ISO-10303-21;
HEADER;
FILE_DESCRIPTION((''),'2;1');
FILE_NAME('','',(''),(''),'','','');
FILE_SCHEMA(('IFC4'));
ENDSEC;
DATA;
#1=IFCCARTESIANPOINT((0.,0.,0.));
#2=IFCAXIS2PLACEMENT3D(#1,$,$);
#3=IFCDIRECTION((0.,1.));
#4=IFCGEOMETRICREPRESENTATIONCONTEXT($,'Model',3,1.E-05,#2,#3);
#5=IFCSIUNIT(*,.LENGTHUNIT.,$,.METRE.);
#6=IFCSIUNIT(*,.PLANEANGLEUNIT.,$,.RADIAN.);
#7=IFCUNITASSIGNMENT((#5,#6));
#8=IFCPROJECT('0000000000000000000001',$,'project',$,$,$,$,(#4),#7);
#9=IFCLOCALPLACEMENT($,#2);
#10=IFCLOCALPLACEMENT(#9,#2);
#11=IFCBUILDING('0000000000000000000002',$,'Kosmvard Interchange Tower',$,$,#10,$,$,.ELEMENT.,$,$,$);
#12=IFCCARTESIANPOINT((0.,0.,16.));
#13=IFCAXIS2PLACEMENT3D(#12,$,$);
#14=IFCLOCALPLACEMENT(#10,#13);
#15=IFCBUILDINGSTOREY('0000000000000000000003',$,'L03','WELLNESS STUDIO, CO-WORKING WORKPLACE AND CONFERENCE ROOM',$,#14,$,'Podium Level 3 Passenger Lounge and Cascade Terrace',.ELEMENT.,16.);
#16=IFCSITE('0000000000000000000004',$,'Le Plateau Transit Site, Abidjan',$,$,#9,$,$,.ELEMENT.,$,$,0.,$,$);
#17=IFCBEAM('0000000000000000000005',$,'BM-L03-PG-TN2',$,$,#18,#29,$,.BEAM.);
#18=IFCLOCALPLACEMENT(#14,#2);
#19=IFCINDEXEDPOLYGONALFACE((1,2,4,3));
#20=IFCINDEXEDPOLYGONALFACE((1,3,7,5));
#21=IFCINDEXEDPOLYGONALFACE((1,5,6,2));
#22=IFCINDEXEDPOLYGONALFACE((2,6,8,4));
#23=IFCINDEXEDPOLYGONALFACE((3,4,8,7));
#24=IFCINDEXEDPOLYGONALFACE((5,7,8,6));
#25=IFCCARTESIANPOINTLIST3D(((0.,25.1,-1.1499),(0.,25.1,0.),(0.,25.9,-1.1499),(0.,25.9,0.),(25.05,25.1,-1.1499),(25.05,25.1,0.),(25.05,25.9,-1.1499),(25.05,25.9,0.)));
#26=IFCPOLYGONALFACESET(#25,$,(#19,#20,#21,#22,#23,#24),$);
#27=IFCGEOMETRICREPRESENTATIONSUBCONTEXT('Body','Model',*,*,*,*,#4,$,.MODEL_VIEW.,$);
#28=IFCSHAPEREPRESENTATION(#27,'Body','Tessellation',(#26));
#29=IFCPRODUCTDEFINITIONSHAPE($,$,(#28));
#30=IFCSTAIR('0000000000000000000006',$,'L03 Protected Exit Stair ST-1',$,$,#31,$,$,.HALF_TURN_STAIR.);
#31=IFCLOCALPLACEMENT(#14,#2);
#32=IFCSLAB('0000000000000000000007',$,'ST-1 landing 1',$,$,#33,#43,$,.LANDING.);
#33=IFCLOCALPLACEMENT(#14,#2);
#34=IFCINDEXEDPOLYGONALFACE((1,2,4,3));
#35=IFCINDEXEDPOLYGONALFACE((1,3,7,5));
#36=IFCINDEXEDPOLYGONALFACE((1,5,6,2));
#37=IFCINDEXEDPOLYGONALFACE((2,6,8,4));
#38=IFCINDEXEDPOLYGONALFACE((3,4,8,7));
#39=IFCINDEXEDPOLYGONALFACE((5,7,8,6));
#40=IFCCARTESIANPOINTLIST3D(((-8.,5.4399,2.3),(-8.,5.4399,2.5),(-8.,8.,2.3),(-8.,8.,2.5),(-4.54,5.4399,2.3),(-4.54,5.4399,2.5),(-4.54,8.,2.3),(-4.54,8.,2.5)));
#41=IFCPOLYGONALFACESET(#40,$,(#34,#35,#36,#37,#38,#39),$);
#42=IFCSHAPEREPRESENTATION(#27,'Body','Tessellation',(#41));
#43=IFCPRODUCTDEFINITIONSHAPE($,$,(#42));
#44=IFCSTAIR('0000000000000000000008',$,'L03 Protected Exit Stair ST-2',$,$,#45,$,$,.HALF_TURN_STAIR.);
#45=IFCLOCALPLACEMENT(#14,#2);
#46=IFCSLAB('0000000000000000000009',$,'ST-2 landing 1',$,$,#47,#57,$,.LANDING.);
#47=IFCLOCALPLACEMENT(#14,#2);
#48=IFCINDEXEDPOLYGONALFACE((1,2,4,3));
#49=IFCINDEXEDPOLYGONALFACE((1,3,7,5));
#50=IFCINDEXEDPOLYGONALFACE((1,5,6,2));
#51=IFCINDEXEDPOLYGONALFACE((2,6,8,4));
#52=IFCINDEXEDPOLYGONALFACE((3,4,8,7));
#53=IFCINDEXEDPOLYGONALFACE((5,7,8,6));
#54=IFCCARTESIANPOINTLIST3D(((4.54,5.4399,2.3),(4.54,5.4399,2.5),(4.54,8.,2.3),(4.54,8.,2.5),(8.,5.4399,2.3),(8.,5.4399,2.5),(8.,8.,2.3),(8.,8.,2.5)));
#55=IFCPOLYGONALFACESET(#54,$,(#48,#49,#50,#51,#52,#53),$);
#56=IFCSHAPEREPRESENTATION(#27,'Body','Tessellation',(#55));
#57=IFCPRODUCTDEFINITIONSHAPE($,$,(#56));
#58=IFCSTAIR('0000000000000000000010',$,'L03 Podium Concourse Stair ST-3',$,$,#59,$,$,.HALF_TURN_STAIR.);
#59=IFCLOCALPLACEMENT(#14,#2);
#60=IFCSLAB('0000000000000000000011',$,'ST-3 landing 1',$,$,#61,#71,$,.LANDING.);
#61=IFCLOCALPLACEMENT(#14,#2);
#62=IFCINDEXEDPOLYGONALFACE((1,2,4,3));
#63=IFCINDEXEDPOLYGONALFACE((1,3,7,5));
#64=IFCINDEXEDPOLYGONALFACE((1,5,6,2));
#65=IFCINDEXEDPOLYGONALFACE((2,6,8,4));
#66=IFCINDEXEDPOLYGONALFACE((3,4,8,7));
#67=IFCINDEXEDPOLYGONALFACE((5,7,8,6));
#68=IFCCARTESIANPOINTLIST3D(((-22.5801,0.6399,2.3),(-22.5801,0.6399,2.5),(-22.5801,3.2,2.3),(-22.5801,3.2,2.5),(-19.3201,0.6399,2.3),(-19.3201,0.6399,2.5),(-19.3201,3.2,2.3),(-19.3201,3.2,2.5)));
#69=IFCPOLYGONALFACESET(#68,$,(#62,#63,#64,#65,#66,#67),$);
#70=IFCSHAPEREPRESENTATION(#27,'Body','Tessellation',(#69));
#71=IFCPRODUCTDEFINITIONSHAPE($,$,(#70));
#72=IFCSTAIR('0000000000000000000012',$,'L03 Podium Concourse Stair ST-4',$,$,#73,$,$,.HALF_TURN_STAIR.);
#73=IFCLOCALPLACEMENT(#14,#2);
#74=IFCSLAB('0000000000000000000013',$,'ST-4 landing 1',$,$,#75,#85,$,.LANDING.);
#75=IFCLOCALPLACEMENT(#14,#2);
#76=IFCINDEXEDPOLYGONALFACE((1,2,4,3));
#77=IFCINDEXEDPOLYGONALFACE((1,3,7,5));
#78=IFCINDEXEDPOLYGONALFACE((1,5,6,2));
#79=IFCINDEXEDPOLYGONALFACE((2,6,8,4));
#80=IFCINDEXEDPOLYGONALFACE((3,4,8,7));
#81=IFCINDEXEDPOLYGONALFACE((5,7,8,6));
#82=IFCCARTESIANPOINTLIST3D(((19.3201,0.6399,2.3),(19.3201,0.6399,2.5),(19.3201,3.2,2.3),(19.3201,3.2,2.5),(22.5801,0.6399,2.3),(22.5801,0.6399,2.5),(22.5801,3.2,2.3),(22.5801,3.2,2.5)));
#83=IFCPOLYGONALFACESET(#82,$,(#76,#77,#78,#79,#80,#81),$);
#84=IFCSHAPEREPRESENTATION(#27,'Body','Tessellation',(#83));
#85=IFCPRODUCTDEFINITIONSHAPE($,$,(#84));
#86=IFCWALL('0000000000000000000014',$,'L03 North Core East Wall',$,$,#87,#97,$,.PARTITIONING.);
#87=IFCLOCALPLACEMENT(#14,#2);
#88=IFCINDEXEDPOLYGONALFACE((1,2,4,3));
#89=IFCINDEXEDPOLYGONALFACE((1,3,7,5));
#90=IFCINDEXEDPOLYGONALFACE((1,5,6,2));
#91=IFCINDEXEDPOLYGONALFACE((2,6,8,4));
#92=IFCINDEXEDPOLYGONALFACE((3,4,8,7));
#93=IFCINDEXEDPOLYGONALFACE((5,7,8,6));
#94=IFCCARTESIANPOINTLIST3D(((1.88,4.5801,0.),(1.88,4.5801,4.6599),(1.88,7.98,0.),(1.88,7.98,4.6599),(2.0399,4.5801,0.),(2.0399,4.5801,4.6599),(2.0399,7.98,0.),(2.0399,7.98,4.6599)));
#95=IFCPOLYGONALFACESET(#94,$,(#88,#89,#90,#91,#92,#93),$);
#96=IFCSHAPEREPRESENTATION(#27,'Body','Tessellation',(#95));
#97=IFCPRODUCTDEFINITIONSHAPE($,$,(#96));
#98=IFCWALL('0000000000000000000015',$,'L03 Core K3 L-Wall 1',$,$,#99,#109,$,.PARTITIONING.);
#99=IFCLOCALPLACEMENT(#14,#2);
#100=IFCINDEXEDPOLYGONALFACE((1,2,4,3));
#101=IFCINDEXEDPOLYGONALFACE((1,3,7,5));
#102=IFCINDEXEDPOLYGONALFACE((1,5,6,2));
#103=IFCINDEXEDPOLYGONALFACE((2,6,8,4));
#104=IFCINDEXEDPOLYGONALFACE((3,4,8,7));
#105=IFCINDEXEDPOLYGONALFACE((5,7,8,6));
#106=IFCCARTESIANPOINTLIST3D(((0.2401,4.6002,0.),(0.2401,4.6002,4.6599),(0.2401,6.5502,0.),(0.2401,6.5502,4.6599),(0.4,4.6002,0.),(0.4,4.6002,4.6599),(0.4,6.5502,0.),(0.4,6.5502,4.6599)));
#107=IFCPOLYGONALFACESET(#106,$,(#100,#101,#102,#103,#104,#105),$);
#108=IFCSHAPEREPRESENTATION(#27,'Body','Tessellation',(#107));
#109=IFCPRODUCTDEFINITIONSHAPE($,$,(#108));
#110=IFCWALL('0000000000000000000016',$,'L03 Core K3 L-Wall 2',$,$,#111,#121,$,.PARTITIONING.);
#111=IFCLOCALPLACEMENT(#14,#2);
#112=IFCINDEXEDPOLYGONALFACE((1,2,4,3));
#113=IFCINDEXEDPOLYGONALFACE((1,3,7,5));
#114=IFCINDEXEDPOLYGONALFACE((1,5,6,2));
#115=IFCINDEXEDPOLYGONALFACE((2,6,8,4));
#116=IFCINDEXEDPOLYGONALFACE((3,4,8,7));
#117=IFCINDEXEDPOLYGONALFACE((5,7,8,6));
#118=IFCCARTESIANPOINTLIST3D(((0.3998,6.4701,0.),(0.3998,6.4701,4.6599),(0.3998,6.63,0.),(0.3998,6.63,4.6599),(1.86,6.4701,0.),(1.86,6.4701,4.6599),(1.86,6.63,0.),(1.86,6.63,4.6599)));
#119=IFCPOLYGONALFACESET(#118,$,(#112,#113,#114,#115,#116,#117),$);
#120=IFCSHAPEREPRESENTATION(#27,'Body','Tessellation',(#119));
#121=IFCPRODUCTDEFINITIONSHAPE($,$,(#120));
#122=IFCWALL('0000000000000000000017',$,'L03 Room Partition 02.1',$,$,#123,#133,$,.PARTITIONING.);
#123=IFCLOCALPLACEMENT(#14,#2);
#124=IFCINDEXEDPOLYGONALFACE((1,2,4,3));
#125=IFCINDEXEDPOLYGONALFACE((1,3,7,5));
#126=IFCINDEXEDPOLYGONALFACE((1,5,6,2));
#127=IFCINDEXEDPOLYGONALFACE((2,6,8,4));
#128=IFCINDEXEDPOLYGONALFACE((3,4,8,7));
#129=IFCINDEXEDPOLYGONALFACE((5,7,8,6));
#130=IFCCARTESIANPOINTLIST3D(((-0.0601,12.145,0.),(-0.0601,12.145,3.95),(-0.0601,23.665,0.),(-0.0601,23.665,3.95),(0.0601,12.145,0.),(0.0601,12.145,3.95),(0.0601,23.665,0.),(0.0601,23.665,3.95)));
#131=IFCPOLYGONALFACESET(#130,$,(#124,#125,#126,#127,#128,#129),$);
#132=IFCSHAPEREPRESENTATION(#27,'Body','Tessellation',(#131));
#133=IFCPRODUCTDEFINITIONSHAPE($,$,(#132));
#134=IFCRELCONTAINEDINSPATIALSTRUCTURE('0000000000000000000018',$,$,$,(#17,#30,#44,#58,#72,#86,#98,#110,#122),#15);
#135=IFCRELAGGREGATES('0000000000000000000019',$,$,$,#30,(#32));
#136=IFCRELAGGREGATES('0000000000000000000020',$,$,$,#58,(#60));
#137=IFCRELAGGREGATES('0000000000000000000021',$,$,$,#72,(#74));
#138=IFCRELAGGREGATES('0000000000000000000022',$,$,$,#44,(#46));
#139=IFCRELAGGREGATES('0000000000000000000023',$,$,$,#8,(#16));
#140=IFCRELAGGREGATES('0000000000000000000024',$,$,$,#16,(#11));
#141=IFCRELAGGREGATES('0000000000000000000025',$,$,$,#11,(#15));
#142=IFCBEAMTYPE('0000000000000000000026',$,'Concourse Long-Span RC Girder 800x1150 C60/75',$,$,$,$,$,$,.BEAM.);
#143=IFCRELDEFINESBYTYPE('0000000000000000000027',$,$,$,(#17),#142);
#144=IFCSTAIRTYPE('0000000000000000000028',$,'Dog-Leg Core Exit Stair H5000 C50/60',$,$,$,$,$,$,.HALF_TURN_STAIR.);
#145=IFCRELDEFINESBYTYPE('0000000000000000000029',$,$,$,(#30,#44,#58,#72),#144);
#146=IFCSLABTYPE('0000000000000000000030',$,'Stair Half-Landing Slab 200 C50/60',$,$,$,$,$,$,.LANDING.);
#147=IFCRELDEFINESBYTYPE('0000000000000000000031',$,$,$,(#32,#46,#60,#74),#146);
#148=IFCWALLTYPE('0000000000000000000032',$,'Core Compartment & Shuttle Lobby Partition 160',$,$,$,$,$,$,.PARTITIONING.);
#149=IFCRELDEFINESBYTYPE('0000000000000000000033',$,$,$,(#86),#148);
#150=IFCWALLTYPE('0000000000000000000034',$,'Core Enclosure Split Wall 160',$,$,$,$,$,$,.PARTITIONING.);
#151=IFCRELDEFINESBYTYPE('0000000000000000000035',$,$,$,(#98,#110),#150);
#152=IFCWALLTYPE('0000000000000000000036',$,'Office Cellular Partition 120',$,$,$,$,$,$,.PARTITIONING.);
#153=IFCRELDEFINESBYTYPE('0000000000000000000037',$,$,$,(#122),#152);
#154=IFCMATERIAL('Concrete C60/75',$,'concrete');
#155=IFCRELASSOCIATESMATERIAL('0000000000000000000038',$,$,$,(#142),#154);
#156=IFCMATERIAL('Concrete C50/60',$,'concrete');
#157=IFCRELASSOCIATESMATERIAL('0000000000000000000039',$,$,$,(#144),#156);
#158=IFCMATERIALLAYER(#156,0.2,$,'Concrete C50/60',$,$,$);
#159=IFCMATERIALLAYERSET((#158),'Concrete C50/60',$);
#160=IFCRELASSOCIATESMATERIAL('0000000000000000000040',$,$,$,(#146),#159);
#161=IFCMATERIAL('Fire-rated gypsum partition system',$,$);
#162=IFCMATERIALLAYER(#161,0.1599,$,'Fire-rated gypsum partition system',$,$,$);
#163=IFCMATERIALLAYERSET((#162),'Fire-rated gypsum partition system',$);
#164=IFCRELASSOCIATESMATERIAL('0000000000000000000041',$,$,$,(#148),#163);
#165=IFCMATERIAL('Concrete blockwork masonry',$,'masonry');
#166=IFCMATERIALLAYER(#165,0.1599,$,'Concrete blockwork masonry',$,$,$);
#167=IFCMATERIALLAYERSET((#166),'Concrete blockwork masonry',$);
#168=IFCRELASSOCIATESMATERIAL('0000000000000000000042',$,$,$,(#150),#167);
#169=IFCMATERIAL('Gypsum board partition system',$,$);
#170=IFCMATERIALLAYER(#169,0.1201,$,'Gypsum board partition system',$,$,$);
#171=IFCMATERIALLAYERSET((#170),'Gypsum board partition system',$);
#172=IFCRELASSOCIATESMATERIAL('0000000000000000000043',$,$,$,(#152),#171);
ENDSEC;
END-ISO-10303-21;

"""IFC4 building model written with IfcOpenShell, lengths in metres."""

from ifc_helpers import new_model, si_unit, direction, frame, frame_2d, origin, origin_2d, place, context, subcontext, project, spatial, polyline, rectangle, outline, extrude, source, transform, mapped, material, layer, layer_set, material_profile, profile_set, type_object, element, aggregate, save


model = new_model("IFC4")

# Units and contexts
model_context = context("Model", 3, precision=1e-05, world=origin(), true_north=direction((0.0, 1.0)))
body_context = subcontext(model_context, "Body", "Model", "MODEL_VIEW")
ifc_project = project(units=[si_unit("LENGTHUNIT", "METRE"), si_unit("PLANEANGLEUNIT", "RADIAN")], contexts=[model_context])

# Site, building, storey
site_placement = place(None, origin())
site = spatial("IfcSite", under=ifc_project, at=site_placement, Name="Le Plateau Transit Site, Abidjan", CompositionType="ELEMENT", RefElevation=0.0)
building_placement = place(site_placement, origin())
building = spatial("IfcBuilding", under=site, at=building_placement, Name="Kosmvard Interchange Tower", CompositionType="ELEMENT")
storey_placement = place(building_placement, frame((0.0, 0.0, 16.0)))
storey = spatial("IfcBuildingStorey", under=building, at=storey_placement, Name="L03", Description="WELLNESS STUDIO, CO-WORKING WORKPLACE AND CONFERENCE ROOM", LongName="Podium Level 3 Passenger Lounge and Cascade Terrace", CompositionType="ELEMENT", Elevation=16.0)

# Shared definitions
ifc_material_1 = material(Name="Concrete C60/75", Category="concrete")

# Beam
ifc_material_profile_1 = material_profile(ifc_material_1, rectangle(XDim=0.8, YDim=1.1499, at=origin_2d()), Name="RCG 800x1150")
ifc_profile_set_1 = profile_set([ifc_material_profile_1], Name="Concrete C60/75")
beam_type_1 = type_object("IfcBeamType", Name="Concourse Long-Span RC Girder 800x1150 C60/75", PredefinedType="BEAM", material=ifc_profile_set_1)
shared_shape_1 = source(origin(), body_context, "Body", "SweptSolid", [
    extrude(rectangle(XDim=0.8, YDim=1.1499, at=origin_2d()), origin(), (0.0, 0.0, 1.0), 25.05),
])
beam_1_placement = place(storey_placement, frame((0.0, 25.5, -0.575), z_axis=(1.0, 0.0, 0.0), x_axis=(0.0, 1.0, 0.0)))
element("IfcBeam", 1, at=beam_1_placement, inside=storey, type_object=beam_type_1, Name="BM-L03-PG-TN2", PredefinedType="BEAM", context=body_context, shape_type="MappedRepresentation", body=[
    mapped(shared_shape_1, transform((0.0, 0.0, 0.0), scale=1.0)),
])

# Stairs, slabs
ifc_material_2 = material(Name="Concrete C50/60", Category="concrete")
stair_type = type_object("IfcStairType", Name="Dog-Leg Core Exit Stair H5000 C50/60", PredefinedType="HALF_TURN_STAIR", material=ifc_material_2)
stair_1_placement = place(storey_placement, origin())
stair_1 = element("IfcStair", 2, at=stair_1_placement, inside=storey, type_object=stair_type, Name="L03 Protected Exit Stair ST-1", PredefinedType="HALF_TURN_STAIR")
ifc_layer_1 = layer(ifc_material_2, 0.2, Name="Concrete C50/60")
ifc_layer_set_1 = layer_set([ifc_layer_1], Name="Concrete C50/60")
slab_type = type_object("IfcSlabType", Name="Stair Half-Landing Slab 200 C50/60", PredefinedType="LANDING", material=ifc_layer_set_1)
slab_1_placement = place(storey_placement, frame((0.0, 0.0, 2.3)))
slab_1 = element("IfcSlab", 3, at=slab_1_placement, type_object=slab_type, Name="ST-1 landing 1", PredefinedType="LANDING", context=body_context, shape_type="SweptSolid", body=[
    extrude(outline(polyline([(-4.54, 5.4399), (-4.54, 8.0), (-8.0, 8.0), (-8.0, 5.4399), (-4.54, 5.4399)])), origin(), (0.0, 0.0, 1.0), 0.2),
])
aggregate(stair_1, [slab_1])
stair_2_placement = place(storey_placement, origin())
stair_2 = element("IfcStair", 4, at=stair_2_placement, inside=storey, type_object=stair_type, Name="L03 Protected Exit Stair ST-2", PredefinedType="HALF_TURN_STAIR")
slab_2_placement = place(storey_placement, frame((0.0, 0.0, 2.3)))
slab_2 = element("IfcSlab", 5, at=slab_2_placement, type_object=slab_type, Name="ST-2 landing 1", PredefinedType="LANDING", context=body_context, shape_type="SweptSolid", body=[
    extrude(outline(polyline([(8.0, 5.4399), (8.0, 8.0), (4.54, 8.0), (4.54, 5.4399), (8.0, 5.4399)])), origin(), (0.0, 0.0, 1.0), 0.2),
])
stair_3_placement = place(storey_placement, origin())
stair_3 = element("IfcStair", 6, at=stair_3_placement, inside=storey, type_object=stair_type, Name="L03 Podium Concourse Stair ST-3", PredefinedType="HALF_TURN_STAIR")
slab_3_placement = place(storey_placement, frame((0.0, 0.0, 2.3)))
slab_3 = element("IfcSlab", 7, at=slab_3_placement, type_object=slab_type, Name="ST-3 landing 1", PredefinedType="LANDING", context=body_context, shape_type="SweptSolid", body=[
    extrude(outline(polyline([(-19.3201, 0.6399), (-19.3201, 3.2), (-22.5801, 3.2), (-22.5801, 0.6399), (-19.3201, 0.6399)])), origin(), (0.0, 0.0, 1.0), 0.2),
])
aggregate(stair_3, [slab_3])
stair_4_placement = place(storey_placement, origin())
stair_4 = element("IfcStair", 8, at=stair_4_placement, inside=storey, type_object=stair_type, Name="L03 Podium Concourse Stair ST-4", PredefinedType="HALF_TURN_STAIR")
slab_4_placement = place(storey_placement, frame((0.0, 0.0, 2.3)))
slab_4 = element("IfcSlab", 9, at=slab_4_placement, type_object=slab_type, Name="ST-4 landing 1", PredefinedType="LANDING", context=body_context, shape_type="SweptSolid", body=[
    extrude(outline(polyline([(22.5801, 0.6399), (22.5801, 3.2), (19.3201, 3.2), (19.3201, 0.6399), (22.5801, 0.6399)])), origin(), (0.0, 0.0, 1.0), 0.2),
])
aggregate(stair_4, [slab_4])

# Walls
ifc_material_3 = material(Name="Fire-rated gypsum partition system")
ifc_layer_2 = layer(ifc_material_3, 0.1599, Name="Fire-rated gypsum partition system")
ifc_layer_set_2 = layer_set([ifc_layer_2], Name="Fire-rated gypsum partition system")
wall_type_1 = type_object("IfcWallType", Name="Core Compartment & Shuttle Lobby Partition 160", PredefinedType="PARTITIONING", material=ifc_layer_set_2)
wall_1_placement = place(storey_placement, frame((1.96, 4.5801, 0.0), z_axis=(0.0, 0.0, 1.0), x_axis=(0.0, 1.0, 0.0)))
element("IfcWall", 10, at=wall_1_placement, inside=storey, type_object=wall_type_1, Name="L03 North Core East Wall", PredefinedType="PARTITIONING", context=body_context, shape_type="SweptSolid", body=[
    extrude(rectangle(XDim=3.3999, YDim=0.1599, at=frame_2d((1.7, 0.0))), origin(), (0.0, 0.0, 1.0), 4.6599),
])
ifc_material_4 = material(Name="Concrete blockwork masonry", Category="masonry")
ifc_layer_3 = layer(ifc_material_4, 0.1599, Name="Concrete blockwork masonry")
ifc_layer_set_3 = layer_set([ifc_layer_3], Name="Concrete blockwork masonry")
wall_type_2 = type_object("IfcWallType", Name="Core Enclosure Split Wall 160", PredefinedType="PARTITIONING", material=ifc_layer_set_3)
wall_2_placement = place(storey_placement, frame((0.3201, 4.6001, 0.0), z_axis=(0.0, 0.0, 1.0), x_axis=(0.0, 1.0, 0.0)))
element("IfcWall", 11, at=wall_2_placement, inside=storey, type_object=wall_type_2, Name="L03 Core K3 L-Wall 1", PredefinedType="PARTITIONING", context=body_context, shape_type="SweptSolid", body=[
    extrude(rectangle(XDim=1.95, YDim=0.1599, at=frame_2d((0.9751, 0.0))), origin(), (0.0, 0.0, 1.0), 4.6599),
])
wall_3_placement = place(storey_placement, frame((0.3999, 6.55, 0.0), z_axis=(0.0, 0.0, 1.0), x_axis=(1.0, 0.0, 0.0)))
element("IfcWall", 12, at=wall_3_placement, inside=storey, type_object=wall_type_2, Name="L03 Core K3 L-Wall 2", PredefinedType="PARTITIONING", context=body_context, shape_type="SweptSolid", body=[
    extrude(rectangle(XDim=1.4602, YDim=0.1599, at=frame_2d((0.73, 0.0))), origin(), (0.0, 0.0, 1.0), 4.6599),
])
ifc_material_5 = material(Name="Gypsum board partition system")
ifc_layer_4 = layer(ifc_material_5, 0.1201, Name="Gypsum board partition system")
ifc_layer_set_4 = layer_set([ifc_layer_4], Name="Gypsum board partition system")
wall_type_3 = type_object("IfcWallType", Name="Office Cellular Partition 120", PredefinedType="PARTITIONING", material=ifc_layer_set_4)
wall_4_placement = place(storey_placement, frame((0.0, 12.145, 0.0), z_axis=(0.0, 0.0, 1.0), x_axis=(0.0, 1.0, 0.0)))
element("IfcWall", 13, at=wall_4_placement, inside=storey, type_object=wall_type_3, Name="L03 Room Partition 02.1", PredefinedType="PARTITIONING", context=body_context, shape_type="SweptSolid", body=[
    extrude(rectangle(XDim=11.52, YDim=0.1201, at=frame_2d((5.76, 0.0))), origin(), (0.0, 0.0, 1.0), 3.95),
])

aggregate(stair_2, [slab_2])

save(model, "model.ifc")
